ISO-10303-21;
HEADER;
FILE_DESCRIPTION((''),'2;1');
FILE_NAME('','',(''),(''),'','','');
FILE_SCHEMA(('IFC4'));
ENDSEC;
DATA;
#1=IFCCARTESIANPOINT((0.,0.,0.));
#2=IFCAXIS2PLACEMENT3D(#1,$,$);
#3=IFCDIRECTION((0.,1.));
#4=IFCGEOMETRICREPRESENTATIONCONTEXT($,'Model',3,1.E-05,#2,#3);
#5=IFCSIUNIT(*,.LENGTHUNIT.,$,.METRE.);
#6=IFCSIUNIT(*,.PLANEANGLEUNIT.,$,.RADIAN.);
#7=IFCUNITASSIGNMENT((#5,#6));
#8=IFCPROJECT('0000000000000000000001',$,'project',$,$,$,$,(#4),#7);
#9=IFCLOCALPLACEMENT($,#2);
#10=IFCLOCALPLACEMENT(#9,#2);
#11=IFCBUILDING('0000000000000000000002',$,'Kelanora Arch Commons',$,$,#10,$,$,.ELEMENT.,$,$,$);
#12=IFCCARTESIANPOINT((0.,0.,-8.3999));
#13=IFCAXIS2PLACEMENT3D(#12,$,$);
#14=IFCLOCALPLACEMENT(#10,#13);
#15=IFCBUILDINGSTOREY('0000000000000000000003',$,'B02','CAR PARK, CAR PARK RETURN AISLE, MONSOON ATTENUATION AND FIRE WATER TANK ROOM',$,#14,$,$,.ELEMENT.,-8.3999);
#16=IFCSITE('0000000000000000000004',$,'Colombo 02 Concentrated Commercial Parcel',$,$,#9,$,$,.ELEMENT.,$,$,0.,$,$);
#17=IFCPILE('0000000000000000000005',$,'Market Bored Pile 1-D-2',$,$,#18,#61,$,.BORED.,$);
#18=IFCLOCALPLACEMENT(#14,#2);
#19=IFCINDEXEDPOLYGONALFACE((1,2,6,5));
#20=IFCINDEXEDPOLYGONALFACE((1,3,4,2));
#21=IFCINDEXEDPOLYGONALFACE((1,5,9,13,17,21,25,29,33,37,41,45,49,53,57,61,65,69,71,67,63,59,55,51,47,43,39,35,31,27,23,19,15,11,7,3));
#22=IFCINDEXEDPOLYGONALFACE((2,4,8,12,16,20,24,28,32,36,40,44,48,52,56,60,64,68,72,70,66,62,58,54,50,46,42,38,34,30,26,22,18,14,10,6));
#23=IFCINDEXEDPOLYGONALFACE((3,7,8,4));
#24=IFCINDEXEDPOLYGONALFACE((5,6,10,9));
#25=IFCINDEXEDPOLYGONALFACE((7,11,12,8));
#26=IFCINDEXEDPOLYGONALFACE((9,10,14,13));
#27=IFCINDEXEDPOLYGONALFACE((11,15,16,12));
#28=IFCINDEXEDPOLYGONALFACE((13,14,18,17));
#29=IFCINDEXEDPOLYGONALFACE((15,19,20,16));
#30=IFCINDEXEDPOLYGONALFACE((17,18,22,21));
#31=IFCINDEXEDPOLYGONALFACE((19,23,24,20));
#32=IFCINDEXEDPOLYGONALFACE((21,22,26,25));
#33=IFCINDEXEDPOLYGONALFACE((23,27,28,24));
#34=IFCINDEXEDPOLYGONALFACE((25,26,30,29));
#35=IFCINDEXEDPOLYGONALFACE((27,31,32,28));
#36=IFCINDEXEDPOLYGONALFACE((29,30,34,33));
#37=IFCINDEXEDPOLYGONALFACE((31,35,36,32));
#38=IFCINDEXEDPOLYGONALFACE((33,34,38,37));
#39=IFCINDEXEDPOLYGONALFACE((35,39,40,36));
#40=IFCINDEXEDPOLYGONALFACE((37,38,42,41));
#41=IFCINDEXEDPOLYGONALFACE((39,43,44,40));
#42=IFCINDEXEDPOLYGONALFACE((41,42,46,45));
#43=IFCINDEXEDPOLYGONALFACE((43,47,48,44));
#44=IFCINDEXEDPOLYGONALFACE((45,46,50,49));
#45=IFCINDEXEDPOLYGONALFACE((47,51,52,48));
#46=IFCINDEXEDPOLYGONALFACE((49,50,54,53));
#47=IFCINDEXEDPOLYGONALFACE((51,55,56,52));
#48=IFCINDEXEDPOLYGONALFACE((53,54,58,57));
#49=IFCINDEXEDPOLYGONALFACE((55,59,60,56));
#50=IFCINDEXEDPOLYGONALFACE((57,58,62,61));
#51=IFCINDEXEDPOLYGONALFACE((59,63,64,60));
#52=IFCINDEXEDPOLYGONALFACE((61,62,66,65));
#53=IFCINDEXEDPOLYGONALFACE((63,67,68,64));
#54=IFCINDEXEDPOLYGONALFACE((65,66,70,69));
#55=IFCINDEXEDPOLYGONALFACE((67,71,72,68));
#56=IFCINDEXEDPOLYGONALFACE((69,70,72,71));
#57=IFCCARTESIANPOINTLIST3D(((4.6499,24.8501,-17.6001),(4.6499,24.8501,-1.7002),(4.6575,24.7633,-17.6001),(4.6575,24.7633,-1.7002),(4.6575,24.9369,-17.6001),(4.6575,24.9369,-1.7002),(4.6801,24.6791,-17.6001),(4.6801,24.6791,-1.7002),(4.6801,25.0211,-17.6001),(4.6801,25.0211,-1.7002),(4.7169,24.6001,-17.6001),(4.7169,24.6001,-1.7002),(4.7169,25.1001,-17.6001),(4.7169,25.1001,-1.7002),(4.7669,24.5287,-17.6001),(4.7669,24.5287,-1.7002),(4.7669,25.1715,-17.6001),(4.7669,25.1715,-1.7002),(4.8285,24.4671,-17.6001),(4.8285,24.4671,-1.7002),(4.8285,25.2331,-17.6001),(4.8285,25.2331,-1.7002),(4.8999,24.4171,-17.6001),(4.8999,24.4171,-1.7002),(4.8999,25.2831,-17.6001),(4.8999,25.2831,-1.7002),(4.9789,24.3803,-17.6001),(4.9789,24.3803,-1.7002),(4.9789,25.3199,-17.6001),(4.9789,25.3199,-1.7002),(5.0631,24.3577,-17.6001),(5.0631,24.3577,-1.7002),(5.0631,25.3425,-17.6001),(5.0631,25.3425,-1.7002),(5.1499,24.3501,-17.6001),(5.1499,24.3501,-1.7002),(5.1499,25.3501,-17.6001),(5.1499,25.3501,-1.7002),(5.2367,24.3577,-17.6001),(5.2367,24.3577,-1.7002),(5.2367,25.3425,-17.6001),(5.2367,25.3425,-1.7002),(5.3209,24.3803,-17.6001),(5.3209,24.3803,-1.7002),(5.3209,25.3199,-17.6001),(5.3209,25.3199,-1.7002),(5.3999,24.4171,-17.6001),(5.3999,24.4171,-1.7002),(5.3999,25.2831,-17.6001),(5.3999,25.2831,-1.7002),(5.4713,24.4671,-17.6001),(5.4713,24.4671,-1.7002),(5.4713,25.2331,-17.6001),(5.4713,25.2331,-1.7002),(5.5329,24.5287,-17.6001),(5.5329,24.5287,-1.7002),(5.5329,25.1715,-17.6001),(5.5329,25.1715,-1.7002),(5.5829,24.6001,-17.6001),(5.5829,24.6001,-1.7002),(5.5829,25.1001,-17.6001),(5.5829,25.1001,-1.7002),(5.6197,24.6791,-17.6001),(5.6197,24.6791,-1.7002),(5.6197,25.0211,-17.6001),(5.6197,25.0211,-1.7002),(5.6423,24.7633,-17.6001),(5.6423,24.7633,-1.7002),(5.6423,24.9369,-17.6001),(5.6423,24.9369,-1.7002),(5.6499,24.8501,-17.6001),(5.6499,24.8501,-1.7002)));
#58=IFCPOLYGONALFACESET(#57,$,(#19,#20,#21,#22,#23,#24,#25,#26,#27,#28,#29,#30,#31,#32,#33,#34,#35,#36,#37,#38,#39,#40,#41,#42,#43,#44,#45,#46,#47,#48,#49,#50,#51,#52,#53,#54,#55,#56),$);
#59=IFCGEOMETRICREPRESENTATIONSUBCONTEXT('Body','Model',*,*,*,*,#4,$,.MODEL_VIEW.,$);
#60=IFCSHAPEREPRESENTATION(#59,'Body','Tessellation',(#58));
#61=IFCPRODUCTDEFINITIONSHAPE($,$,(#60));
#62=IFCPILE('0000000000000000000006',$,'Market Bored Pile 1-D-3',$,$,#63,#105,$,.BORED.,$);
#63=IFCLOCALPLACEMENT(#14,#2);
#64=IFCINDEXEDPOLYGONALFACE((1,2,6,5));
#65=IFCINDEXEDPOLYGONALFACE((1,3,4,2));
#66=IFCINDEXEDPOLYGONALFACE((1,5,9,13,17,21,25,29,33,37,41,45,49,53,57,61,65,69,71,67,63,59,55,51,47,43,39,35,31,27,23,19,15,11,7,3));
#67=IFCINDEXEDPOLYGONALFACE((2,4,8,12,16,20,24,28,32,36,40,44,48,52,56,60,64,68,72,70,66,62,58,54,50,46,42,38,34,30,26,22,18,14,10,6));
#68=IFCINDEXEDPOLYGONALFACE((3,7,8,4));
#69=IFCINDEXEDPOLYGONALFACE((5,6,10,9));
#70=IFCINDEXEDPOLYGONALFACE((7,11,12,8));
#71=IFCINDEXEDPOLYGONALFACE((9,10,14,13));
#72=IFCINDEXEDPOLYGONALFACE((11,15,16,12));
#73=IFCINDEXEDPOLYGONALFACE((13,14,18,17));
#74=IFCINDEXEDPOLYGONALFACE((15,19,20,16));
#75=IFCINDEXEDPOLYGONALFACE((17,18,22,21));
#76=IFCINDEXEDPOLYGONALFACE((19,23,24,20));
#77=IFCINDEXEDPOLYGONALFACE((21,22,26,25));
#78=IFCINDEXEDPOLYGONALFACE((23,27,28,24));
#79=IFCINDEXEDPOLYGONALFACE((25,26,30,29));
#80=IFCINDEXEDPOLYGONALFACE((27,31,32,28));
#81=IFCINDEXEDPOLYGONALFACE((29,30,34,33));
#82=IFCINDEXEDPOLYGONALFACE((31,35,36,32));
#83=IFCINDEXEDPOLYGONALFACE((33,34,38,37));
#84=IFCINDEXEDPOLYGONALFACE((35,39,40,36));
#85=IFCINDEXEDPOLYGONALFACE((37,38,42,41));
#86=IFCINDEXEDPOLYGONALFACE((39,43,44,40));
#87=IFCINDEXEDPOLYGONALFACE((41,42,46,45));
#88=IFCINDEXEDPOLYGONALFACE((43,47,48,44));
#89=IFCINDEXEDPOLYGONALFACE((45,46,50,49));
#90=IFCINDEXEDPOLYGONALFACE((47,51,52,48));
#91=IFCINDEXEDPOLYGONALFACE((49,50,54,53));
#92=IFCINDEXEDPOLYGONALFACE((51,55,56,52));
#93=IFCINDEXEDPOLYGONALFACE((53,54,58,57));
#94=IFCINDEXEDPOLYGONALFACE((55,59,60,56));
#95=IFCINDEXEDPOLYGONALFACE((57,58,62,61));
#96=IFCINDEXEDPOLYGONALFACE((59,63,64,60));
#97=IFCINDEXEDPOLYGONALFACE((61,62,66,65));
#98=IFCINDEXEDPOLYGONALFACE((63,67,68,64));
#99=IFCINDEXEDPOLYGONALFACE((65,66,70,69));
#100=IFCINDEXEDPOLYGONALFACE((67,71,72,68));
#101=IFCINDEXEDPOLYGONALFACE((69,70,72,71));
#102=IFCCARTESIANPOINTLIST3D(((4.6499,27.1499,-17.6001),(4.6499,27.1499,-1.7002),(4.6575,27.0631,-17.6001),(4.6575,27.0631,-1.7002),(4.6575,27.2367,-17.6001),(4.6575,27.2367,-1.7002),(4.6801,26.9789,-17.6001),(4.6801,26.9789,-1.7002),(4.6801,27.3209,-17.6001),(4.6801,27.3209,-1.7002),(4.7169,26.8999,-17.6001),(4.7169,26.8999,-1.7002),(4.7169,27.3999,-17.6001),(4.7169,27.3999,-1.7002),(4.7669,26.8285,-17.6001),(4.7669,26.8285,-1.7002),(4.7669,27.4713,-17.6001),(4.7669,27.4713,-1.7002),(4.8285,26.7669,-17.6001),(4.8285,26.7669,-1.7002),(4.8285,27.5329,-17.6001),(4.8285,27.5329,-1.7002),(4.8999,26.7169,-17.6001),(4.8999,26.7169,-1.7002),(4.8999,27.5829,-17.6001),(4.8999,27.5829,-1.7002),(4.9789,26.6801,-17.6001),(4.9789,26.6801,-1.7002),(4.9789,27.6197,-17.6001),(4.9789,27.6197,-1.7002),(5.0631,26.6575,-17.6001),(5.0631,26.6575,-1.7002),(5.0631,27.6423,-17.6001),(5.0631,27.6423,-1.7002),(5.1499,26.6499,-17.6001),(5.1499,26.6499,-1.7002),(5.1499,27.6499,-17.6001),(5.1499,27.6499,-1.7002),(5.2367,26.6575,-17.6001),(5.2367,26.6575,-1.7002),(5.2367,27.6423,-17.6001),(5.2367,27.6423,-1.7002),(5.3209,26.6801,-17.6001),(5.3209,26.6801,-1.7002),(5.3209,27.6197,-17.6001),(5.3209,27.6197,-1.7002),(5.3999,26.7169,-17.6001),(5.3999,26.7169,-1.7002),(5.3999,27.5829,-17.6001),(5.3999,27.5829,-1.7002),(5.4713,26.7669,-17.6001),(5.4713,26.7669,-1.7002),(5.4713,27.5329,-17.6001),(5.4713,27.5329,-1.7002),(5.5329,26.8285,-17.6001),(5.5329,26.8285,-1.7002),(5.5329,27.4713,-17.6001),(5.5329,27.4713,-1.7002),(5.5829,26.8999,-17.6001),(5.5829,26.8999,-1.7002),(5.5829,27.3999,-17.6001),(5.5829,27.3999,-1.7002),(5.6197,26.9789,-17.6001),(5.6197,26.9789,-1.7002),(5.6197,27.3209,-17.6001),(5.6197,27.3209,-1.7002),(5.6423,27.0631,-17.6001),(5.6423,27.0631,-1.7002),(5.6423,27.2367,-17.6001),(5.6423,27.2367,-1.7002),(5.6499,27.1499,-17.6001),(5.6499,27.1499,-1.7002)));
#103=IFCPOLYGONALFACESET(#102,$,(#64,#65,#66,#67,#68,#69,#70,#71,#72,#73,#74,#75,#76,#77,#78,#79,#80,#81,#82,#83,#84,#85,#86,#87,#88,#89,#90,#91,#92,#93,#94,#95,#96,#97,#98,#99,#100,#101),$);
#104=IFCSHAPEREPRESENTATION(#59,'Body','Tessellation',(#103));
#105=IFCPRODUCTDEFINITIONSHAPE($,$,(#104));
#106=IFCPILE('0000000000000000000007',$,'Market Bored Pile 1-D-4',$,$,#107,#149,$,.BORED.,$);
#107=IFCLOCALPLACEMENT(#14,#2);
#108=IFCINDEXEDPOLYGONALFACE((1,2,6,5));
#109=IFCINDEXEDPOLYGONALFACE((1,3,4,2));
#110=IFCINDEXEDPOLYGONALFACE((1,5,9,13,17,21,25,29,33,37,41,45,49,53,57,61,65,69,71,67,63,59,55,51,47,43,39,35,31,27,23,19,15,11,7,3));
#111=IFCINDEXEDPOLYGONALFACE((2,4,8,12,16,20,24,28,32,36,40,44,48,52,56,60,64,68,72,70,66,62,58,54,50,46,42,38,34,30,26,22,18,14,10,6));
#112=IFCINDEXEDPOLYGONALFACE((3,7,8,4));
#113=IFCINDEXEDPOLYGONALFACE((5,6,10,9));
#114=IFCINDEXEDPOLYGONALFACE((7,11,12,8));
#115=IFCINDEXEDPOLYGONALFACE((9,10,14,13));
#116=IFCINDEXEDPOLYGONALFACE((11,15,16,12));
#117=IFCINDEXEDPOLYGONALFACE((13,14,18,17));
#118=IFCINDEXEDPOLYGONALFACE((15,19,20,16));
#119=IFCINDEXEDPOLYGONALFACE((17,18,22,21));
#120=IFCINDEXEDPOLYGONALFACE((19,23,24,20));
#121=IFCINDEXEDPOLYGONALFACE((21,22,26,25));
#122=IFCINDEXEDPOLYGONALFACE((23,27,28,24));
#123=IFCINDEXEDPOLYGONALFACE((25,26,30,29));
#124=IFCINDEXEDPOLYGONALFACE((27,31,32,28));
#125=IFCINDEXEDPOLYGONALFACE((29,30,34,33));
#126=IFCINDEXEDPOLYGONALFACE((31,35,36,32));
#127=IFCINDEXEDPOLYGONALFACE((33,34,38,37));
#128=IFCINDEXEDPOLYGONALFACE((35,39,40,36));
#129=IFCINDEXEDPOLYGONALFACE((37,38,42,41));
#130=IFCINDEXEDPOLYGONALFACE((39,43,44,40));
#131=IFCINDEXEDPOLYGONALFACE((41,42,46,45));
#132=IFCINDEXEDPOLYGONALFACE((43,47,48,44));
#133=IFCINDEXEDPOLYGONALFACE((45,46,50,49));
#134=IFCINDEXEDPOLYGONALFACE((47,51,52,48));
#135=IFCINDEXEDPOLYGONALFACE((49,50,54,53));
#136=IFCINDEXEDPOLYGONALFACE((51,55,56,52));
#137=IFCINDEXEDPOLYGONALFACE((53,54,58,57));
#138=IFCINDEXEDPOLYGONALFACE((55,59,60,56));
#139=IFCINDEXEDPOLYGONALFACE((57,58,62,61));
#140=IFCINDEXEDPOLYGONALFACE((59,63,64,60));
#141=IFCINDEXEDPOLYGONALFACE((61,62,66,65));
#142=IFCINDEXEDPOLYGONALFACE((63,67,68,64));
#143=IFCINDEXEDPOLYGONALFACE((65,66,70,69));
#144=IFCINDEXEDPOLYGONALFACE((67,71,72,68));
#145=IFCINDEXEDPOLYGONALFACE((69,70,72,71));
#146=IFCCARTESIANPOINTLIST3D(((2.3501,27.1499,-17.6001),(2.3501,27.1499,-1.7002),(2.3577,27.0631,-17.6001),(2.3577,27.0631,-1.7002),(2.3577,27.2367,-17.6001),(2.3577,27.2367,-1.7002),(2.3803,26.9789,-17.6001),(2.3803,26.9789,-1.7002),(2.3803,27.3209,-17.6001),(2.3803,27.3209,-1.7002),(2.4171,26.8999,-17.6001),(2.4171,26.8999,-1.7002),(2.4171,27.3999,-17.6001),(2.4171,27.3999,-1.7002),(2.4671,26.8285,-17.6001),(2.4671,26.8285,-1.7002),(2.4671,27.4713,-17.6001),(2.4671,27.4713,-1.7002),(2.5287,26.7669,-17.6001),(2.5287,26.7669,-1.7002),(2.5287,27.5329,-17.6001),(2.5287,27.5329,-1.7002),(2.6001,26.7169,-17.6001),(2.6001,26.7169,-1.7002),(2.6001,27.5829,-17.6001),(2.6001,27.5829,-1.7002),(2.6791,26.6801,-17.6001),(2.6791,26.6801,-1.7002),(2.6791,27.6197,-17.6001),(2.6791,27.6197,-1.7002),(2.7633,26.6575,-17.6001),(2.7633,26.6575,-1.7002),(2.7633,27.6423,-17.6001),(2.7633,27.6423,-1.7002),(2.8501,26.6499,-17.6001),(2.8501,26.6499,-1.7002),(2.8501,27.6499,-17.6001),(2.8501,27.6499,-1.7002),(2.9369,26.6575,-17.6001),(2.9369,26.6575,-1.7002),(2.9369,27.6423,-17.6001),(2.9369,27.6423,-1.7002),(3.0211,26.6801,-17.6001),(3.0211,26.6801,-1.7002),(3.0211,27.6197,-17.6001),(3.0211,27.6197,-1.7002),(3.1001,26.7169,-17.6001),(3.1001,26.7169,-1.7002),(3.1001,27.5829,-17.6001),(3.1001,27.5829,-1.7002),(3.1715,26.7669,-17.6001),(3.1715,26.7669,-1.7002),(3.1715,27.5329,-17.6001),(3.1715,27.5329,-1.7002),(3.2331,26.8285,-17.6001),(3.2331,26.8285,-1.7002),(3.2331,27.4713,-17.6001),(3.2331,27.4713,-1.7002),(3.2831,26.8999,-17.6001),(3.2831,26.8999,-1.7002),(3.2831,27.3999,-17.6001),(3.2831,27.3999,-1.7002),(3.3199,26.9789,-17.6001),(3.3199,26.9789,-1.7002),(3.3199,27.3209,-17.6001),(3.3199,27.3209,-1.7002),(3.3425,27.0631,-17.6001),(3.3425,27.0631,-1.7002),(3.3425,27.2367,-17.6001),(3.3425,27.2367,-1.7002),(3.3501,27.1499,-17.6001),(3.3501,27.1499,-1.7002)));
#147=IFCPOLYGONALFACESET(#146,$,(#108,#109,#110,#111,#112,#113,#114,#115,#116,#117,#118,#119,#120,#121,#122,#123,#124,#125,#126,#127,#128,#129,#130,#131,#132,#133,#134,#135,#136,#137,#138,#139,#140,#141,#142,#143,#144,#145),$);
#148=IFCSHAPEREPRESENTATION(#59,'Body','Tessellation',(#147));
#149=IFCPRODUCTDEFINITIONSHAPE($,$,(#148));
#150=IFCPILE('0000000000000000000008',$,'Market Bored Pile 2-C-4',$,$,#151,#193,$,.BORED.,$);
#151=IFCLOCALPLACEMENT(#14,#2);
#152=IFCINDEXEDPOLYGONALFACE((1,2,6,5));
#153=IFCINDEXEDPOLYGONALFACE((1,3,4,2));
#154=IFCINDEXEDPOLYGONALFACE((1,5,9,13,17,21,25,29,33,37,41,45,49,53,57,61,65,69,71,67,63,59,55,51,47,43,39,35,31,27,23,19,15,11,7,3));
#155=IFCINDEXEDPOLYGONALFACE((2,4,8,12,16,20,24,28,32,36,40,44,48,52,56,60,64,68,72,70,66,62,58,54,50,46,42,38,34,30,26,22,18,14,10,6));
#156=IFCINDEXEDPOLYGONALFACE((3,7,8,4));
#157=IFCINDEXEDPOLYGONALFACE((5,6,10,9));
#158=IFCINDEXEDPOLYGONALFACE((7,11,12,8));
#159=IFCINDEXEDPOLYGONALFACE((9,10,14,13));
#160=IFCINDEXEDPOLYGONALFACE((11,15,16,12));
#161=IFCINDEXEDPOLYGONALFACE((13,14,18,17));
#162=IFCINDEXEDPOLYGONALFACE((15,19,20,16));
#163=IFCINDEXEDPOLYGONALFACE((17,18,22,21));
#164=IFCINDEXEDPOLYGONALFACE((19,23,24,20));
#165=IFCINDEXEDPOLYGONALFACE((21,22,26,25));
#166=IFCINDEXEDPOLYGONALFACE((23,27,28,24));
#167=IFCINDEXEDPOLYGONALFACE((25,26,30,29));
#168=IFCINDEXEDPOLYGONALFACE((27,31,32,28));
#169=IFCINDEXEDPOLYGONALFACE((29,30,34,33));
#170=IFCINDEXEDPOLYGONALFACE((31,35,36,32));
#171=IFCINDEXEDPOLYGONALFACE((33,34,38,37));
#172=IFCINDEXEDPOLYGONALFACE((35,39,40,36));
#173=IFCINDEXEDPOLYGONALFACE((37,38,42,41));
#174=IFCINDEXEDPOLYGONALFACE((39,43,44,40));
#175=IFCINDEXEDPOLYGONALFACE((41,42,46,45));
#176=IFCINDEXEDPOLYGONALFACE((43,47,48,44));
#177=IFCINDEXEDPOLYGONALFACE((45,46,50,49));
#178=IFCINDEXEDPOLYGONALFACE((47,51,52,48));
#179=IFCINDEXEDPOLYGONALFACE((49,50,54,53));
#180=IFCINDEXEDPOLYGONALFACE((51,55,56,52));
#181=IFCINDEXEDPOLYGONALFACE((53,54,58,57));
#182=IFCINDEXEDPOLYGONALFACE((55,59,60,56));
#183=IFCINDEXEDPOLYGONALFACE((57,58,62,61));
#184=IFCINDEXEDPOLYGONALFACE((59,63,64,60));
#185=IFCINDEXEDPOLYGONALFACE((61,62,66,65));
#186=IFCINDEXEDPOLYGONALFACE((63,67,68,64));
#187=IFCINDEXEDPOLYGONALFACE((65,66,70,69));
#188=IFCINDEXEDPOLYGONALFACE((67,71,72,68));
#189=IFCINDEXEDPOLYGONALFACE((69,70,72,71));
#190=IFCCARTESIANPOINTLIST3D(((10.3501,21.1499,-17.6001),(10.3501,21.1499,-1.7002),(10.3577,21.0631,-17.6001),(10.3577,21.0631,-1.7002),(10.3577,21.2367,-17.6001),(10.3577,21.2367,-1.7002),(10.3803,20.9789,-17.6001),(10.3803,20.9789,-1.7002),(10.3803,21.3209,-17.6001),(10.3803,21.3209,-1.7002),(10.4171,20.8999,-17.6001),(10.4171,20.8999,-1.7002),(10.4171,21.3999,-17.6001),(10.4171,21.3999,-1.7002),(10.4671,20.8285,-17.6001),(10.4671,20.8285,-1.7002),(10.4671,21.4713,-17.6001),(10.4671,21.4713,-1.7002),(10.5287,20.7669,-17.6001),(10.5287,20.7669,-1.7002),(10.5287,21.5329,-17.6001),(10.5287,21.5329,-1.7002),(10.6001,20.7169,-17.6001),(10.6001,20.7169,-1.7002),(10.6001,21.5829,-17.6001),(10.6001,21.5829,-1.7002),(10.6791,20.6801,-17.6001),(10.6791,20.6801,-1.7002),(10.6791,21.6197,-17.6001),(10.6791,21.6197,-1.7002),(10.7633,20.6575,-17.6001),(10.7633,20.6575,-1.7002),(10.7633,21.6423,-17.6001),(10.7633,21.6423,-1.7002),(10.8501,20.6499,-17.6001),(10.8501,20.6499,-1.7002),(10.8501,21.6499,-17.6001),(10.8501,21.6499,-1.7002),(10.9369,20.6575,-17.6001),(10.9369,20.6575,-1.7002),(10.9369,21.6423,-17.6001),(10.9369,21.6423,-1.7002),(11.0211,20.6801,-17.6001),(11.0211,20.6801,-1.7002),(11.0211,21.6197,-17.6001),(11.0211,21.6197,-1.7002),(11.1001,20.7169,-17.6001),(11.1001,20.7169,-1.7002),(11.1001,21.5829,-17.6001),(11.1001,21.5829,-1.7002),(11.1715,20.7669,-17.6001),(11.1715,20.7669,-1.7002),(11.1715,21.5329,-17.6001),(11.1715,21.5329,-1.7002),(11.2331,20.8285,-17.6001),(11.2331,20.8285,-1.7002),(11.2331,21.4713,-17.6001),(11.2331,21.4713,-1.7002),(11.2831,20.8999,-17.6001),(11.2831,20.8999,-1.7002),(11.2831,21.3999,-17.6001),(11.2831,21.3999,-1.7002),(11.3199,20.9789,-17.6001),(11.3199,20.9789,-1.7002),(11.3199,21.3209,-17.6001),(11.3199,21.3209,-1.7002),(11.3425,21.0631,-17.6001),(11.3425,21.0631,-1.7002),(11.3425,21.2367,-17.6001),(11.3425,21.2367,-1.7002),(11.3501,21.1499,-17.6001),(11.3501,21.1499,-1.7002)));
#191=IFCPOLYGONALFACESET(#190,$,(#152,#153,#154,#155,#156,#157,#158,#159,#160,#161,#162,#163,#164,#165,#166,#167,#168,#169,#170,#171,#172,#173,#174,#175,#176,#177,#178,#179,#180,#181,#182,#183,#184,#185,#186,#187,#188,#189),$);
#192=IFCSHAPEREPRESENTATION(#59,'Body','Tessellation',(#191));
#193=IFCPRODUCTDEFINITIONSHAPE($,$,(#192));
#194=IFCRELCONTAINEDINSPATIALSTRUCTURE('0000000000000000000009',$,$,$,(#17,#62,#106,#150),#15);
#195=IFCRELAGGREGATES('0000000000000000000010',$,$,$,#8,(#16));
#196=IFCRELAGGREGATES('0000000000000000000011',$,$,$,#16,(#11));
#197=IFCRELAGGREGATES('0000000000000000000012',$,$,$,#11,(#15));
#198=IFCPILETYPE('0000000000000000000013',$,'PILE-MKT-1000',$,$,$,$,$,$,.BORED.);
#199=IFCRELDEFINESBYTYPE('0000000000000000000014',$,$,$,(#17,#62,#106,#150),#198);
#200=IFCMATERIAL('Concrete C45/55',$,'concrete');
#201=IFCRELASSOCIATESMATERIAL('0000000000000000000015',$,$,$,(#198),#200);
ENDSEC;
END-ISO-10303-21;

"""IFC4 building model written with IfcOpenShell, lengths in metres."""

from ifc_helpers import new_model, si_unit, direction, frame, origin, origin_2d, place, context, subcontext, project, spatial, circle, extrude, source, transform, mapped, material, material_profile, profile_set, type_object, element, save


model = new_model("IFC4")

# Units and contexts
model_context = context("Model", 3, precision=1e-05, world=origin(), true_north=direction((0.0, 1.0)))
body_context = subcontext(model_context, "Body", "Model", "MODEL_VIEW")
ifc_project = project(units=[si_unit("LENGTHUNIT", "METRE"), si_unit("PLANEANGLEUNIT", "RADIAN")], contexts=[model_context])

# Site, building, storey
site_placement = place(None, origin())
site = spatial("IfcSite", under=ifc_project, at=site_placement, Name="Colombo 02 Concentrated Commercial Parcel", CompositionType="ELEMENT", RefElevation=0.0)
building_placement = place(site_placement, origin())
building = spatial("IfcBuilding", under=site, at=building_placement, Name="Kelanora Arch Commons", CompositionType="ELEMENT")
storey_placement = place(building_placement, frame((0.0, 0.0, -8.3999)))
storey = spatial("IfcBuildingStorey", under=building, at=storey_placement, Name="B02", Description="CAR PARK, CAR PARK RETURN AISLE, MONSOON ATTENUATION AND FIRE WATER TANK ROOM", CompositionType="ELEMENT", Elevation=-8.3999)

# Piles
ifc_material_1 = material(Name="Concrete C45/55", Category="concrete")
ifc_material_profile_1 = material_profile(ifc_material_1, circle(Radius=0.5, at=origin_2d()), Name="PILE1000")
ifc_profile_set_1 = profile_set([ifc_material_profile_1], Name="Concrete C45/55")
pile_type = type_object("IfcPileType", Name="PILE-MKT-1000", PredefinedType="BORED", material=ifc_profile_set_1)
shared_shape_1 = source(origin(), body_context, "Body", "SweptSolid", [
    extrude(circle(Radius=0.5, at=origin_2d()), origin(), (0.0, 0.0, 1.0), 15.8999),
])
for number, where, z_axis, x_axis, name in (
    (1, (5.1499, 24.8501, -1.7002), (0.0, 0.0, -1.0), (1.0, 0.0, 0.0), "Market Bored Pile 1-D-2"),
    (2, (5.1499, 27.1499, -1.7002), (0.0, 0.0, -1.0), (1.0, 0.0, 0.0), "Market Bored Pile 1-D-3"),
    (3, (2.8501, 27.1499, -1.7002), (0.0, 0.0, -1.0), (1.0, 0.0, 0.0), "Market Bored Pile 1-D-4"),
    (4, (10.8501, 21.1499, -1.7002), (0.0, 0.0, -1.0), (1.0, 0.0, 0.0), "Market Bored Pile 2-C-4"),
):
    element("IfcPile", number, at=place(storey_placement, frame(where, z_axis=z_axis, x_axis=x_axis)), inside=storey, type_object=pile_type, Name=name, PredefinedType="BORED", context=body_context, shape_type="MappedRepresentation", body=[
        mapped(shared_shape_1, transform((0.0, 0.0, 0.0), scale=1.0)),
    ])

save(model, "model.ifc")
